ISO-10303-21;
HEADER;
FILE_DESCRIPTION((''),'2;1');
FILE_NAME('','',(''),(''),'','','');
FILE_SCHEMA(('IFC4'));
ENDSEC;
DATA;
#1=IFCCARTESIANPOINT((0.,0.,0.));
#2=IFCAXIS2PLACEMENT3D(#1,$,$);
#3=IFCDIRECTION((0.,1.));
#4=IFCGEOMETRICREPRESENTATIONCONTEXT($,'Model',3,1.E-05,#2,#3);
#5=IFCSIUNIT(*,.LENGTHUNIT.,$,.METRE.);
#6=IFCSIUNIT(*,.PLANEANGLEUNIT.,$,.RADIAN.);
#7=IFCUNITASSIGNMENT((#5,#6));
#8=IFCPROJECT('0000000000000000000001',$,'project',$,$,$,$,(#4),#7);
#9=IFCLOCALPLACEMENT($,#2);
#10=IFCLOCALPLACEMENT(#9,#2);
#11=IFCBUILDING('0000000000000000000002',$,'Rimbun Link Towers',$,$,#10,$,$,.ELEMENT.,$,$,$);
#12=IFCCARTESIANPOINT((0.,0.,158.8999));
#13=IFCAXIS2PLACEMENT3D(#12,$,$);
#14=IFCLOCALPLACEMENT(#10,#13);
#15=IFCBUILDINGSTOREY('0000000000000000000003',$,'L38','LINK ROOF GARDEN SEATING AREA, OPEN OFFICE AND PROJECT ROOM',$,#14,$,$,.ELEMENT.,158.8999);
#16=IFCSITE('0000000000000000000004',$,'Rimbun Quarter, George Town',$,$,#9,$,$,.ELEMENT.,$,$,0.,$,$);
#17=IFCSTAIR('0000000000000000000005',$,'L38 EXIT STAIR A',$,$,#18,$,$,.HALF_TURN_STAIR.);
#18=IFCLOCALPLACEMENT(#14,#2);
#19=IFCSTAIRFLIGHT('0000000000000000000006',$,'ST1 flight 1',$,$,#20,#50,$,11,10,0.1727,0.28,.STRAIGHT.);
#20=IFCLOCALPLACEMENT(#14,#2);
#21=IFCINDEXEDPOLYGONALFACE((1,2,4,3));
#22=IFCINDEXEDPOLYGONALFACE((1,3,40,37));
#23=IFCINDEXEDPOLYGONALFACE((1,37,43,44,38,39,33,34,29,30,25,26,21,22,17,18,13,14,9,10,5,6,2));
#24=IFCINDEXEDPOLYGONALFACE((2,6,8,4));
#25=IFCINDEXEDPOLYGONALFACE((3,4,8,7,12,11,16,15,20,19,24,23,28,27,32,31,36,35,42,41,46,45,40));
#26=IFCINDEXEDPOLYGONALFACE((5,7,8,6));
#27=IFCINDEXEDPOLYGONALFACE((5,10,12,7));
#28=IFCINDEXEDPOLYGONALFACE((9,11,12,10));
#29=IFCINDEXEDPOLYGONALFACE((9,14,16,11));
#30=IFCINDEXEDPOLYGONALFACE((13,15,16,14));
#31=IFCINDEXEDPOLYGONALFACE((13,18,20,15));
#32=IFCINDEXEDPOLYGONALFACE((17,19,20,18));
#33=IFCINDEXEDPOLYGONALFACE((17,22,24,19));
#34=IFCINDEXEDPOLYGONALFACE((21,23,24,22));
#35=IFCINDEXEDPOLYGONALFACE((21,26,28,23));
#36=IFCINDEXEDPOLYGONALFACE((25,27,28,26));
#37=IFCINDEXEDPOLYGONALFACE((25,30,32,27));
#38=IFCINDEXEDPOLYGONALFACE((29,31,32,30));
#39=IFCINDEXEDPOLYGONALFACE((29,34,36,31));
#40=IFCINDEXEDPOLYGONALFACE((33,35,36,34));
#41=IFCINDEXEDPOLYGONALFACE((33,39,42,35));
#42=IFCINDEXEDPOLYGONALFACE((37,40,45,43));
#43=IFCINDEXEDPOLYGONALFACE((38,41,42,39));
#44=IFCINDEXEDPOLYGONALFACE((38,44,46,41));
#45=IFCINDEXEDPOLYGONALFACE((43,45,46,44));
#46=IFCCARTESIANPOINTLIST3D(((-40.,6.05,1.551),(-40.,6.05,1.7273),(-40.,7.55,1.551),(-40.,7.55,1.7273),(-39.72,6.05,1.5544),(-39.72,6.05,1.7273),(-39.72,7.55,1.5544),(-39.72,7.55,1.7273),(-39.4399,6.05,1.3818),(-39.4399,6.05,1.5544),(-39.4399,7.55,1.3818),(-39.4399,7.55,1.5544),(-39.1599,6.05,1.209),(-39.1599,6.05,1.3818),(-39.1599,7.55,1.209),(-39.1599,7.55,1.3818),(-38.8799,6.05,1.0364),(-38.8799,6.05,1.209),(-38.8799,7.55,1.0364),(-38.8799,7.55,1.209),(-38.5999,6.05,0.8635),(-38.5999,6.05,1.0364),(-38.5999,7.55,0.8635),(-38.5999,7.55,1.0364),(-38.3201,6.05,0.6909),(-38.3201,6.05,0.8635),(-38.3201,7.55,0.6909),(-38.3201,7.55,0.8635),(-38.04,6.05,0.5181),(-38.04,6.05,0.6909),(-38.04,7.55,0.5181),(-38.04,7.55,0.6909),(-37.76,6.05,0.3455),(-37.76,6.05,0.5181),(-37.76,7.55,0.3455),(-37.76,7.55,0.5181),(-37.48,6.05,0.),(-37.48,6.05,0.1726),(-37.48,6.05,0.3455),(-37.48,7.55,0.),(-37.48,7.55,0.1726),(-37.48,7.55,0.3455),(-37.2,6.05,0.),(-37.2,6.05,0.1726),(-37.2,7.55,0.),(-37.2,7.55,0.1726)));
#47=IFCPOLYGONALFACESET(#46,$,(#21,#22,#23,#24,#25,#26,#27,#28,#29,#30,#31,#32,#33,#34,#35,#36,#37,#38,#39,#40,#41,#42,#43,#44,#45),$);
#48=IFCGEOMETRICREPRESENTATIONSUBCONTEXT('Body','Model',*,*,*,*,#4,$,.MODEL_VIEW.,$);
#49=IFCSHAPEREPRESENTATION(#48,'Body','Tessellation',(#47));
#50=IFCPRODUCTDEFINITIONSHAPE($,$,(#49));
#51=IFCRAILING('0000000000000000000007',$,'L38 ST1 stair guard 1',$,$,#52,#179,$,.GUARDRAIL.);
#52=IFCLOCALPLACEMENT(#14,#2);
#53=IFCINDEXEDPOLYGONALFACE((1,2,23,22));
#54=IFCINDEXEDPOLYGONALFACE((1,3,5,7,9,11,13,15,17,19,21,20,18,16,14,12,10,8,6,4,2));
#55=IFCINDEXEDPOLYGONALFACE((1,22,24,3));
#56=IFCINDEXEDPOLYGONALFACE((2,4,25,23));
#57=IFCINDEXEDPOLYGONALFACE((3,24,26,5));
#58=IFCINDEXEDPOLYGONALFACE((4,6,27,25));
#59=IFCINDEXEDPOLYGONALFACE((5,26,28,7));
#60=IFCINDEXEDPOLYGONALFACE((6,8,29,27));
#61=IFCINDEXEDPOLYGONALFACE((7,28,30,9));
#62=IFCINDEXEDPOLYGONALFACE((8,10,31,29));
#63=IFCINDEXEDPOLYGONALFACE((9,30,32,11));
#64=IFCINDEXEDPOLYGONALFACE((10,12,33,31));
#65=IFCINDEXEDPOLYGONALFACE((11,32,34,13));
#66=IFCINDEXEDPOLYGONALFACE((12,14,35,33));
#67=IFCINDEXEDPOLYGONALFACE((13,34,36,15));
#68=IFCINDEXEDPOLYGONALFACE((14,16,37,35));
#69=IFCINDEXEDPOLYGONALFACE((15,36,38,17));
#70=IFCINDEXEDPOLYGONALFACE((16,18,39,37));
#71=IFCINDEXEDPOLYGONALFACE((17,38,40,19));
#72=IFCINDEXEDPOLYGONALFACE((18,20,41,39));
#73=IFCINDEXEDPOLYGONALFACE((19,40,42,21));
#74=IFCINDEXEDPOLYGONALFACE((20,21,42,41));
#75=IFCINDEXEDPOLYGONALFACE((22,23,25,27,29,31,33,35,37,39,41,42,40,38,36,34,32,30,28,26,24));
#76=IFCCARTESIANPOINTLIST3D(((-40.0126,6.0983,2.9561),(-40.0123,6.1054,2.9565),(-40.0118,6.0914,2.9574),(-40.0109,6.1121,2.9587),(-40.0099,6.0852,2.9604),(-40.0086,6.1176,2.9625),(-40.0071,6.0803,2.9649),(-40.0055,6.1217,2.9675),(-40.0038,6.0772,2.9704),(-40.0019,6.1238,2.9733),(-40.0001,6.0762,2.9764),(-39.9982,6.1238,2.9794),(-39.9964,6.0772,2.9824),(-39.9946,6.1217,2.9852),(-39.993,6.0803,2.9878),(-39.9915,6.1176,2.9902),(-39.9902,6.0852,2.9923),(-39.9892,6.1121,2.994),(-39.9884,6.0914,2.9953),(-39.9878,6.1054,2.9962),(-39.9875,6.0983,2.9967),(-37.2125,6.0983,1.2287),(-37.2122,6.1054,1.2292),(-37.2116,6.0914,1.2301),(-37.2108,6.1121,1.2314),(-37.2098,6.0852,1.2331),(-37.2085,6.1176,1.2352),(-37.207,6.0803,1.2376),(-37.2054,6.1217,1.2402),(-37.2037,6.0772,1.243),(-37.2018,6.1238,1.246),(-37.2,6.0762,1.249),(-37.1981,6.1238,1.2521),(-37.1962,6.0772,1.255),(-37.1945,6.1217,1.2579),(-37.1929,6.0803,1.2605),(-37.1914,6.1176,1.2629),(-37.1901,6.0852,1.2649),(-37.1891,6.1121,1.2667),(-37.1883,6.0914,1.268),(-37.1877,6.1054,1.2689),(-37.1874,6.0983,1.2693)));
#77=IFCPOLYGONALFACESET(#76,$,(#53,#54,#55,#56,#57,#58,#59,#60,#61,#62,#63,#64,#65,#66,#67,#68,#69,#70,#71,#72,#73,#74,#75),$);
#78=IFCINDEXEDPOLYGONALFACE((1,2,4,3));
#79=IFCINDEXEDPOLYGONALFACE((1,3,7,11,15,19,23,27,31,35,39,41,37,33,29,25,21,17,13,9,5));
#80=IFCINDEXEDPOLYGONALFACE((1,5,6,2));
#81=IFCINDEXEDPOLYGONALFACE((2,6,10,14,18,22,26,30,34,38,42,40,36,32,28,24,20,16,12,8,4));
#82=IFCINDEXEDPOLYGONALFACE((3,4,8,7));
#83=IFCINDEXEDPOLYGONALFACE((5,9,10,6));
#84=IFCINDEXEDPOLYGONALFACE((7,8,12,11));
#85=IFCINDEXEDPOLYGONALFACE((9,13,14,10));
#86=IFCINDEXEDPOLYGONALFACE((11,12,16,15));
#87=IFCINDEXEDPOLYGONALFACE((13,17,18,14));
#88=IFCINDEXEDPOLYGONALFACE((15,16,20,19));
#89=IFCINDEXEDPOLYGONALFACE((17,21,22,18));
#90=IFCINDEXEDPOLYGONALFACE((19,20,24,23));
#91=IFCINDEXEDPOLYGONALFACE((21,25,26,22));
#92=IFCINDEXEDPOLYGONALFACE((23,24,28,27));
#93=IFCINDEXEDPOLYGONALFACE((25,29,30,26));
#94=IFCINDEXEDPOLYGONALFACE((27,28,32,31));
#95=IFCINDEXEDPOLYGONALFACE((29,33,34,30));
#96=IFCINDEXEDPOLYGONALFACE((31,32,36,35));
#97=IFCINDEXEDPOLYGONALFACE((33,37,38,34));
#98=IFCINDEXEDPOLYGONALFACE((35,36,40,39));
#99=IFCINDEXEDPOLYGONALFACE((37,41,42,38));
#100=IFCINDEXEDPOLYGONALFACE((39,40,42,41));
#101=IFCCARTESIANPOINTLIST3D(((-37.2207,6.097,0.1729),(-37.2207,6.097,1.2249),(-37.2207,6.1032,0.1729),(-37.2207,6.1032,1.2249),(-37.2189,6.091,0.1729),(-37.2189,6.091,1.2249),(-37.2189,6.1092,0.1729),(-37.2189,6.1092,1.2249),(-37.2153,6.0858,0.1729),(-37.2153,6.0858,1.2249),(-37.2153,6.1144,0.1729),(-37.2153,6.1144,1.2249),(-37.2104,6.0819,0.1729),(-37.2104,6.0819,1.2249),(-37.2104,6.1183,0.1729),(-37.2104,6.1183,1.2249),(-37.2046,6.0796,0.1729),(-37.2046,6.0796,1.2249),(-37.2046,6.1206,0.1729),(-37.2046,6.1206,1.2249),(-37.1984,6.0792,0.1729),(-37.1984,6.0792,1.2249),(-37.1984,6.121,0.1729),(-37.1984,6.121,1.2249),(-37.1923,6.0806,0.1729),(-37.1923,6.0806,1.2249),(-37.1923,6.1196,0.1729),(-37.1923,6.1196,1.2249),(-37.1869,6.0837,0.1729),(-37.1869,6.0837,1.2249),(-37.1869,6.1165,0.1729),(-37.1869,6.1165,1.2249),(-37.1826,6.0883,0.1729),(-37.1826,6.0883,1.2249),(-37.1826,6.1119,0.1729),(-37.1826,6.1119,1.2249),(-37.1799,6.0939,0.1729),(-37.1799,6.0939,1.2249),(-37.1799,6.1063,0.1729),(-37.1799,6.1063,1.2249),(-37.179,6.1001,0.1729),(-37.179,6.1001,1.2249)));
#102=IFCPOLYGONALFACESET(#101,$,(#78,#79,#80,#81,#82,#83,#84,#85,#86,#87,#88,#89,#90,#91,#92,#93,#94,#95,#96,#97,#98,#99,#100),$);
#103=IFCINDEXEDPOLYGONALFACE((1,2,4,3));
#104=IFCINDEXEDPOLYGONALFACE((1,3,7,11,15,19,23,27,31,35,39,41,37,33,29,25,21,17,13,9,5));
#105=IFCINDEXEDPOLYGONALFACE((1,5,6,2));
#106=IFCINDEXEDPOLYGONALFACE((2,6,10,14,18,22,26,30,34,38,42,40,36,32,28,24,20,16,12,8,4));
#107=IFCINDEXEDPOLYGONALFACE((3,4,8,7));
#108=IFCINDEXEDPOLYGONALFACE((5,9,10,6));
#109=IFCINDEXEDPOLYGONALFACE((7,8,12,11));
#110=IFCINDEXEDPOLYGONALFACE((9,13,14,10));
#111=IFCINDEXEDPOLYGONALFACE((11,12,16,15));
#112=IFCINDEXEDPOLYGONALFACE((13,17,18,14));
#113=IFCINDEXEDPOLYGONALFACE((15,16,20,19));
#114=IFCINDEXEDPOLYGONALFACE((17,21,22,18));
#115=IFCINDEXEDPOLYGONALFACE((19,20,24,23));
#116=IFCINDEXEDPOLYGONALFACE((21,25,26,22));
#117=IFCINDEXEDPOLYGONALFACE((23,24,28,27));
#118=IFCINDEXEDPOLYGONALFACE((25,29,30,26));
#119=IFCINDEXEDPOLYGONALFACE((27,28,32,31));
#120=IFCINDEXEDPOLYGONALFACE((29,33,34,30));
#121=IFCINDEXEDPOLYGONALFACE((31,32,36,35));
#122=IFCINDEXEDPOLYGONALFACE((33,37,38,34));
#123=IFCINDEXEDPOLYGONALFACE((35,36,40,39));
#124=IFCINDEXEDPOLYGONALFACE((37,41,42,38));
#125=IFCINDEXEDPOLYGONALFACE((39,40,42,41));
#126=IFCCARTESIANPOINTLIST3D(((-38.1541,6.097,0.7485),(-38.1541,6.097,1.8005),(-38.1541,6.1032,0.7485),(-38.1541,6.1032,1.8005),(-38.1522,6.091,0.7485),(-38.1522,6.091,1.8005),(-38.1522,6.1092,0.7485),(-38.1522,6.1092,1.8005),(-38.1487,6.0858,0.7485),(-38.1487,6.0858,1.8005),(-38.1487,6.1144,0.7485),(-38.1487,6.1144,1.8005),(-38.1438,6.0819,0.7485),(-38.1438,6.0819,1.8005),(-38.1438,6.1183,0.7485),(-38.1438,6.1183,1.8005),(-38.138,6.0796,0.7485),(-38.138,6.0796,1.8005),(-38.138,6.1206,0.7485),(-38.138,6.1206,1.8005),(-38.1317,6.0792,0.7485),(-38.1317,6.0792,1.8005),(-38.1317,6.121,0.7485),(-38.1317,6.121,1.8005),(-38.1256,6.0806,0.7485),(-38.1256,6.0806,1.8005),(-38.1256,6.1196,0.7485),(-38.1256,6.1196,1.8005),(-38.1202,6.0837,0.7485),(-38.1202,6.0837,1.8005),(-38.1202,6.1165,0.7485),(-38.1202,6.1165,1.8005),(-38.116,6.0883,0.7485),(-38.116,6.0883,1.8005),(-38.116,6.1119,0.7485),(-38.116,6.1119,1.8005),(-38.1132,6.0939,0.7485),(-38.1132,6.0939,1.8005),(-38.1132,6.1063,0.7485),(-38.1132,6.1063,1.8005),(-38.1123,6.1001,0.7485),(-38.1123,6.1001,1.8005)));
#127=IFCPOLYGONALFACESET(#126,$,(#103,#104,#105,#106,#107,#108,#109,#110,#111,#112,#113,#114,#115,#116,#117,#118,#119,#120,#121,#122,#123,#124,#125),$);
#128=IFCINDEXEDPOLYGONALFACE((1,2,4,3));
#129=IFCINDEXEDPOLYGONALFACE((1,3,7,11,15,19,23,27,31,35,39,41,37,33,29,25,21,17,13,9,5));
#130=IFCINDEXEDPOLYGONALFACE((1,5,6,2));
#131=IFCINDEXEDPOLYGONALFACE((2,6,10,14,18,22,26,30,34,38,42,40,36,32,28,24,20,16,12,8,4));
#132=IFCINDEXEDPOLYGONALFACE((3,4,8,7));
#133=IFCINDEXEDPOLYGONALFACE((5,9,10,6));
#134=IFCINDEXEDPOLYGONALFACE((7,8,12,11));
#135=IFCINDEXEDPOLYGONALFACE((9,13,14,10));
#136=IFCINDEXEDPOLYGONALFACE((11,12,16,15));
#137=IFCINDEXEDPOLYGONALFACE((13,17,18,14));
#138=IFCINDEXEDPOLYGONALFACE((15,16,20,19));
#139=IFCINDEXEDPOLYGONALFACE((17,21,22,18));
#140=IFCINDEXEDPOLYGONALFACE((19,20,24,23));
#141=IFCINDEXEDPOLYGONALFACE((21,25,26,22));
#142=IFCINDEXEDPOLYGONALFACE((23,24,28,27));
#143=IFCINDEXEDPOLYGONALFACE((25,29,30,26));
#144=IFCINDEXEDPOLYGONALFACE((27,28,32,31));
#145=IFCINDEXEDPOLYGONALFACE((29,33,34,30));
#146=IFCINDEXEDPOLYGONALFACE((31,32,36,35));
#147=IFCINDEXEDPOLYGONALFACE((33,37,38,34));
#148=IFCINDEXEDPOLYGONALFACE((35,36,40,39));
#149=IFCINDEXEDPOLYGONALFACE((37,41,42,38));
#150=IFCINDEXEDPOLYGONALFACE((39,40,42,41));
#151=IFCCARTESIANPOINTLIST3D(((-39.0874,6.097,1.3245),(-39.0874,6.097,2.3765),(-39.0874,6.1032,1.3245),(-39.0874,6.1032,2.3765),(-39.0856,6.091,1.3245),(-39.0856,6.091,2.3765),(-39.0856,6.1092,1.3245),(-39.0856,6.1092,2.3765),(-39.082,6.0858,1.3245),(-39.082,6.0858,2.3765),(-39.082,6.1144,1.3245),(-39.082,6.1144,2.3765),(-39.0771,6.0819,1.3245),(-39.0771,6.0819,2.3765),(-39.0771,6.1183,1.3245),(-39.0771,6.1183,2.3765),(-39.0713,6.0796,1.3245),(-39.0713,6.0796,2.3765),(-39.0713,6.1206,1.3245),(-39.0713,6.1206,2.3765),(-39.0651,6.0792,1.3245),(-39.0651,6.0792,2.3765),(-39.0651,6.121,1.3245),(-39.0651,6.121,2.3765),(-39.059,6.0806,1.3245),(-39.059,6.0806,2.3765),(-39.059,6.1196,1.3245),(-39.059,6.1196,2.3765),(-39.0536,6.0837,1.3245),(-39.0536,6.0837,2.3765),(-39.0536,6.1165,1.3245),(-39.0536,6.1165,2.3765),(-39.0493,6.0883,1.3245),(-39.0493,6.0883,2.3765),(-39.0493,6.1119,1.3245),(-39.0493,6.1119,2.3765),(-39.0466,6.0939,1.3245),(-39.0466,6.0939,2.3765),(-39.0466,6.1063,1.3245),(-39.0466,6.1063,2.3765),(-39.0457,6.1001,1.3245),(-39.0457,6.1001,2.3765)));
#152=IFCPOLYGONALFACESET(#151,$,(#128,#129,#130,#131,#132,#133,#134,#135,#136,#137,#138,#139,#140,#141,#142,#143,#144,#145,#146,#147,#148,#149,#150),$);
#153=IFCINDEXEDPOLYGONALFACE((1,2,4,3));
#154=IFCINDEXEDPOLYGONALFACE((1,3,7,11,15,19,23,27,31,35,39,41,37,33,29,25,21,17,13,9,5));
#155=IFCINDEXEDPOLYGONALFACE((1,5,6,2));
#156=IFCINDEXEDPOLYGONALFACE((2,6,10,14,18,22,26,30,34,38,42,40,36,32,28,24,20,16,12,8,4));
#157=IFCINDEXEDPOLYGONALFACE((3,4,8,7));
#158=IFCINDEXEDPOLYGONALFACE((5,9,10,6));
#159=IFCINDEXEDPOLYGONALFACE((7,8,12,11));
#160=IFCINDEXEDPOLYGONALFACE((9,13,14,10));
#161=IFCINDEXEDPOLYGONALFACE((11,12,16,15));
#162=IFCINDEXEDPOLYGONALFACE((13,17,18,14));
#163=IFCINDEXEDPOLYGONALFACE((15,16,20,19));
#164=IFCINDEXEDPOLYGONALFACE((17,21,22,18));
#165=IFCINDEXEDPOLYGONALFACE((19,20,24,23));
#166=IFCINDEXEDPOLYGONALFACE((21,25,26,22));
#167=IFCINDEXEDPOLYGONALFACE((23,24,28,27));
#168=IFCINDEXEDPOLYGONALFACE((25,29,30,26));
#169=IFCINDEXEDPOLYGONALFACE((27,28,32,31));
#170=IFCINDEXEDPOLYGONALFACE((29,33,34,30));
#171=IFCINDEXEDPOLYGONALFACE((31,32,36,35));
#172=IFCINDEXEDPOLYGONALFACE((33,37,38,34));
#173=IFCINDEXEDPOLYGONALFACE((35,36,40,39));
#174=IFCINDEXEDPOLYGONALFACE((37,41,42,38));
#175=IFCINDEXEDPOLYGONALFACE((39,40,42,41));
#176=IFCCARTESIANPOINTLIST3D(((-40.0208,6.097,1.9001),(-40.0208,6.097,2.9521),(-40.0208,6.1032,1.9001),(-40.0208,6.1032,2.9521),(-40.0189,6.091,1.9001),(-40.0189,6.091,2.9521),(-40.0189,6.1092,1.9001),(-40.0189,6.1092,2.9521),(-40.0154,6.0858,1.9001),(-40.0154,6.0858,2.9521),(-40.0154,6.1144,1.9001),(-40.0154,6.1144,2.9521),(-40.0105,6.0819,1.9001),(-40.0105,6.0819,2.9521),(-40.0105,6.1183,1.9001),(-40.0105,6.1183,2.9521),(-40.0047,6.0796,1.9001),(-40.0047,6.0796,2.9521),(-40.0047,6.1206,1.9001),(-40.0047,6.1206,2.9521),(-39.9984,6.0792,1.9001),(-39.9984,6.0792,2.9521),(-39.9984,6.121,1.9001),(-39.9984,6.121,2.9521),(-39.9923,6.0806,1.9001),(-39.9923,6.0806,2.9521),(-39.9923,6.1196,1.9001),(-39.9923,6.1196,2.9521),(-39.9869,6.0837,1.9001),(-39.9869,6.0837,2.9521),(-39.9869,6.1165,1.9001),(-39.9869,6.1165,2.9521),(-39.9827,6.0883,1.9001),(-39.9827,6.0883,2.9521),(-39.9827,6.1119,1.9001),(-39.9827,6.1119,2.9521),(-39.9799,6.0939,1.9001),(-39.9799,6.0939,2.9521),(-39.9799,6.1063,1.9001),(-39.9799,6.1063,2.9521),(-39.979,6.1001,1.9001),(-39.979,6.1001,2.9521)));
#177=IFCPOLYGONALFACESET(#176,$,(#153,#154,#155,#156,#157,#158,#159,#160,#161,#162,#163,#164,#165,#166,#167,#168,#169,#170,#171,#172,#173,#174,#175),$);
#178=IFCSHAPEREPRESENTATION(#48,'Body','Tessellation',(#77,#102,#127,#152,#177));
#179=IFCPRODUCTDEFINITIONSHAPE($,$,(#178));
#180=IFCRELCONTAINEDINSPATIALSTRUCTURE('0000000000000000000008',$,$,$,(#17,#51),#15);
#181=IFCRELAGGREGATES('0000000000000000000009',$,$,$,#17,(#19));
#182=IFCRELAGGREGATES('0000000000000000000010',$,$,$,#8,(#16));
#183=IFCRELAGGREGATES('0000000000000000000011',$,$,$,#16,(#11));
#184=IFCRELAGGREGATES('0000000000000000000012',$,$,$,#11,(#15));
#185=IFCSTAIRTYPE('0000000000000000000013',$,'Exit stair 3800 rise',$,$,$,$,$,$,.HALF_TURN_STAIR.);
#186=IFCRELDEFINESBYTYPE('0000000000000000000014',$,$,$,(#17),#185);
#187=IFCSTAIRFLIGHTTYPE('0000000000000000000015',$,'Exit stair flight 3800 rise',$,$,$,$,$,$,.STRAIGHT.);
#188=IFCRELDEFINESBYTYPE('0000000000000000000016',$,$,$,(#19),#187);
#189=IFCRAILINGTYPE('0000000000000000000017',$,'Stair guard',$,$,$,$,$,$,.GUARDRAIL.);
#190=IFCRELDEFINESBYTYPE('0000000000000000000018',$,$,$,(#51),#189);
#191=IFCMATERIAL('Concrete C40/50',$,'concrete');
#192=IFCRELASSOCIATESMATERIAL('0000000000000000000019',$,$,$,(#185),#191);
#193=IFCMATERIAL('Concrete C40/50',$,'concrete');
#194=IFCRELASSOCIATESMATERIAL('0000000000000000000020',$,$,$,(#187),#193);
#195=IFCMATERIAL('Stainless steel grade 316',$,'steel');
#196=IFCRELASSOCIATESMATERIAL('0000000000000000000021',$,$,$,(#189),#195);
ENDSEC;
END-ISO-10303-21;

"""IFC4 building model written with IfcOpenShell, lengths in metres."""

from ifc_helpers import new_model, si_unit, direction, frame, origin, origin_2d, place, context, subcontext, project, spatial, polyline, circle, outline, extrude, material, type_object, element, aggregate, save


model = new_model("IFC4")

# Units and contexts
model_context = context("Model", 3, precision=1e-05, world=origin(), true_north=direction((0.0, 1.0)))
body_context = subcontext(model_context, "Body", "Model", "MODEL_VIEW")
ifc_project = project(units=[si_unit("LENGTHUNIT", "METRE"), si_unit("PLANEANGLEUNIT", "RADIAN")], contexts=[model_context])

# Site, building, storey
site_placement = place(None, origin())
site = spatial("IfcSite", under=ifc_project, at=site_placement, Name="Rimbun Quarter, George Town", CompositionType="ELEMENT", RefElevation=0.0)
building_placement = place(site_placement, origin())
building = spatial("IfcBuilding", under=site, at=building_placement, Name="Rimbun Link Towers", CompositionType="ELEMENT")
storey_placement = place(building_placement, frame((0.0, 0.0, 158.8999)))
storey = spatial("IfcBuildingStorey", under=building, at=storey_placement, Name="L38", Description="LINK ROOF GARDEN SEATING AREA, OPEN OFFICE AND PROJECT ROOM", CompositionType="ELEMENT", Elevation=158.8999)

# Stair, stair flight
ifc_material_1 = material(Name="Concrete C40/50", Category="concrete")
stair_type = type_object("IfcStairType", Name="Exit stair 3800 rise", PredefinedType="HALF_TURN_STAIR", material=ifc_material_1)
stair_placement = place(storey_placement, origin())
stair = element("IfcStair", 1, at=stair_placement, inside=storey, type_object=stair_type, Name="L38 EXIT STAIR A", PredefinedType="HALF_TURN_STAIR")
ifc_material_2 = material(Name="Concrete C40/50", Category="concrete")
stair_flight_type = type_object("IfcStairFlightType", Name="Exit stair flight 3800 rise", PredefinedType="STRAIGHT", material=ifc_material_2)
stair_flight_placement = place(storey_placement, frame((-37.2, 6.8, 0.0), z_axis=(0.0, 0.0, 1.0), x_axis=(-1.0, 0.0, 0.0)))
stair_flight = element("IfcStairFlight", 2, at=stair_flight_placement, type_object=stair_flight_type, Name="ST1 flight 1", NumberOfRisers=11, NumberOfTreads=10, PredefinedType="STRAIGHT", RiserHeight=0.1727, TreadLength=0.28, context=body_context, shape_type="SweptSolid", body=[
    extrude(outline(polyline([(0.0, 0.0), (0.0, 0.1726), (0.28, 0.1726), (0.28, 0.3455), (0.5601, 0.3455), (0.5601, 0.5181), (0.8401, 0.5181), (0.8401, 0.6909), (1.1201, 0.6909), (1.1201, 0.8635), (1.3999, 0.8635), (1.3999, 1.0364), (1.6799, 1.0364), (1.6799, 1.209), (1.96, 1.209), (1.96, 1.3818), (2.24, 1.3818), (2.24, 1.5544), (2.52, 1.5544), (2.52, 1.7273), (2.8, 1.7273), (2.8, 1.8999), (2.8, 1.551), (0.28, 0.0), (0.0, 0.0)])), frame((0.0, 0.75, 0.0), z_axis=(0.0, -1.0, 0.0), x_axis=(1.0, 0.0, 0.0)), (0.0, 0.0, 1.0), 1.5),
])
aggregate(stair, [stair_flight])

# Railing
ifc_material_3 = material(Name="Stainless steel grade 316", Category="steel")
railing_type_1 = type_object("IfcRailingType", Name="Stair guard", PredefinedType="GUARDRAIL", material=ifc_material_3)
railing_1_placement = place(storey_placement, frame((-37.2, 6.1001, 0.1729)))
element("IfcRailing", 3, at=railing_1_placement, inside=storey, type_object=railing_type_1, Name="L38 ST1 stair guard 1", PredefinedType="GUARDRAIL", context=body_context, shape_type="SweptSolid", body=[
    extrude(circle(Radius=0.0239, at=origin_2d()), frame((0.0, 0.0, 1.0762), z_axis=(-0.85109, 0.0, 0.52502), x_axis=(0.0, -1.0, 0.0)), (0.0, 0.0, 1.0), 3.29),
    extrude(circle(Radius=0.021, at=origin_2d()), origin(), (0.0, 0.0, 1.0), 1.052),
    extrude(circle(Radius=0.021, at=origin_2d()), frame((-0.9333, 0.0, 0.5757)), (0.0, 0.0, 1.0), 1.052),
    extrude(circle(Radius=0.021, at=origin_2d()), frame((-1.8667, 0.0, 1.1516)), (0.0, 0.0, 1.0), 1.052),
    extrude(circle(Radius=0.021, at=origin_2d()), frame((-2.8, 0.0, 1.7273)), (0.0, 0.0, 1.0), 1.052),
])

save(model, "model.ifc")
